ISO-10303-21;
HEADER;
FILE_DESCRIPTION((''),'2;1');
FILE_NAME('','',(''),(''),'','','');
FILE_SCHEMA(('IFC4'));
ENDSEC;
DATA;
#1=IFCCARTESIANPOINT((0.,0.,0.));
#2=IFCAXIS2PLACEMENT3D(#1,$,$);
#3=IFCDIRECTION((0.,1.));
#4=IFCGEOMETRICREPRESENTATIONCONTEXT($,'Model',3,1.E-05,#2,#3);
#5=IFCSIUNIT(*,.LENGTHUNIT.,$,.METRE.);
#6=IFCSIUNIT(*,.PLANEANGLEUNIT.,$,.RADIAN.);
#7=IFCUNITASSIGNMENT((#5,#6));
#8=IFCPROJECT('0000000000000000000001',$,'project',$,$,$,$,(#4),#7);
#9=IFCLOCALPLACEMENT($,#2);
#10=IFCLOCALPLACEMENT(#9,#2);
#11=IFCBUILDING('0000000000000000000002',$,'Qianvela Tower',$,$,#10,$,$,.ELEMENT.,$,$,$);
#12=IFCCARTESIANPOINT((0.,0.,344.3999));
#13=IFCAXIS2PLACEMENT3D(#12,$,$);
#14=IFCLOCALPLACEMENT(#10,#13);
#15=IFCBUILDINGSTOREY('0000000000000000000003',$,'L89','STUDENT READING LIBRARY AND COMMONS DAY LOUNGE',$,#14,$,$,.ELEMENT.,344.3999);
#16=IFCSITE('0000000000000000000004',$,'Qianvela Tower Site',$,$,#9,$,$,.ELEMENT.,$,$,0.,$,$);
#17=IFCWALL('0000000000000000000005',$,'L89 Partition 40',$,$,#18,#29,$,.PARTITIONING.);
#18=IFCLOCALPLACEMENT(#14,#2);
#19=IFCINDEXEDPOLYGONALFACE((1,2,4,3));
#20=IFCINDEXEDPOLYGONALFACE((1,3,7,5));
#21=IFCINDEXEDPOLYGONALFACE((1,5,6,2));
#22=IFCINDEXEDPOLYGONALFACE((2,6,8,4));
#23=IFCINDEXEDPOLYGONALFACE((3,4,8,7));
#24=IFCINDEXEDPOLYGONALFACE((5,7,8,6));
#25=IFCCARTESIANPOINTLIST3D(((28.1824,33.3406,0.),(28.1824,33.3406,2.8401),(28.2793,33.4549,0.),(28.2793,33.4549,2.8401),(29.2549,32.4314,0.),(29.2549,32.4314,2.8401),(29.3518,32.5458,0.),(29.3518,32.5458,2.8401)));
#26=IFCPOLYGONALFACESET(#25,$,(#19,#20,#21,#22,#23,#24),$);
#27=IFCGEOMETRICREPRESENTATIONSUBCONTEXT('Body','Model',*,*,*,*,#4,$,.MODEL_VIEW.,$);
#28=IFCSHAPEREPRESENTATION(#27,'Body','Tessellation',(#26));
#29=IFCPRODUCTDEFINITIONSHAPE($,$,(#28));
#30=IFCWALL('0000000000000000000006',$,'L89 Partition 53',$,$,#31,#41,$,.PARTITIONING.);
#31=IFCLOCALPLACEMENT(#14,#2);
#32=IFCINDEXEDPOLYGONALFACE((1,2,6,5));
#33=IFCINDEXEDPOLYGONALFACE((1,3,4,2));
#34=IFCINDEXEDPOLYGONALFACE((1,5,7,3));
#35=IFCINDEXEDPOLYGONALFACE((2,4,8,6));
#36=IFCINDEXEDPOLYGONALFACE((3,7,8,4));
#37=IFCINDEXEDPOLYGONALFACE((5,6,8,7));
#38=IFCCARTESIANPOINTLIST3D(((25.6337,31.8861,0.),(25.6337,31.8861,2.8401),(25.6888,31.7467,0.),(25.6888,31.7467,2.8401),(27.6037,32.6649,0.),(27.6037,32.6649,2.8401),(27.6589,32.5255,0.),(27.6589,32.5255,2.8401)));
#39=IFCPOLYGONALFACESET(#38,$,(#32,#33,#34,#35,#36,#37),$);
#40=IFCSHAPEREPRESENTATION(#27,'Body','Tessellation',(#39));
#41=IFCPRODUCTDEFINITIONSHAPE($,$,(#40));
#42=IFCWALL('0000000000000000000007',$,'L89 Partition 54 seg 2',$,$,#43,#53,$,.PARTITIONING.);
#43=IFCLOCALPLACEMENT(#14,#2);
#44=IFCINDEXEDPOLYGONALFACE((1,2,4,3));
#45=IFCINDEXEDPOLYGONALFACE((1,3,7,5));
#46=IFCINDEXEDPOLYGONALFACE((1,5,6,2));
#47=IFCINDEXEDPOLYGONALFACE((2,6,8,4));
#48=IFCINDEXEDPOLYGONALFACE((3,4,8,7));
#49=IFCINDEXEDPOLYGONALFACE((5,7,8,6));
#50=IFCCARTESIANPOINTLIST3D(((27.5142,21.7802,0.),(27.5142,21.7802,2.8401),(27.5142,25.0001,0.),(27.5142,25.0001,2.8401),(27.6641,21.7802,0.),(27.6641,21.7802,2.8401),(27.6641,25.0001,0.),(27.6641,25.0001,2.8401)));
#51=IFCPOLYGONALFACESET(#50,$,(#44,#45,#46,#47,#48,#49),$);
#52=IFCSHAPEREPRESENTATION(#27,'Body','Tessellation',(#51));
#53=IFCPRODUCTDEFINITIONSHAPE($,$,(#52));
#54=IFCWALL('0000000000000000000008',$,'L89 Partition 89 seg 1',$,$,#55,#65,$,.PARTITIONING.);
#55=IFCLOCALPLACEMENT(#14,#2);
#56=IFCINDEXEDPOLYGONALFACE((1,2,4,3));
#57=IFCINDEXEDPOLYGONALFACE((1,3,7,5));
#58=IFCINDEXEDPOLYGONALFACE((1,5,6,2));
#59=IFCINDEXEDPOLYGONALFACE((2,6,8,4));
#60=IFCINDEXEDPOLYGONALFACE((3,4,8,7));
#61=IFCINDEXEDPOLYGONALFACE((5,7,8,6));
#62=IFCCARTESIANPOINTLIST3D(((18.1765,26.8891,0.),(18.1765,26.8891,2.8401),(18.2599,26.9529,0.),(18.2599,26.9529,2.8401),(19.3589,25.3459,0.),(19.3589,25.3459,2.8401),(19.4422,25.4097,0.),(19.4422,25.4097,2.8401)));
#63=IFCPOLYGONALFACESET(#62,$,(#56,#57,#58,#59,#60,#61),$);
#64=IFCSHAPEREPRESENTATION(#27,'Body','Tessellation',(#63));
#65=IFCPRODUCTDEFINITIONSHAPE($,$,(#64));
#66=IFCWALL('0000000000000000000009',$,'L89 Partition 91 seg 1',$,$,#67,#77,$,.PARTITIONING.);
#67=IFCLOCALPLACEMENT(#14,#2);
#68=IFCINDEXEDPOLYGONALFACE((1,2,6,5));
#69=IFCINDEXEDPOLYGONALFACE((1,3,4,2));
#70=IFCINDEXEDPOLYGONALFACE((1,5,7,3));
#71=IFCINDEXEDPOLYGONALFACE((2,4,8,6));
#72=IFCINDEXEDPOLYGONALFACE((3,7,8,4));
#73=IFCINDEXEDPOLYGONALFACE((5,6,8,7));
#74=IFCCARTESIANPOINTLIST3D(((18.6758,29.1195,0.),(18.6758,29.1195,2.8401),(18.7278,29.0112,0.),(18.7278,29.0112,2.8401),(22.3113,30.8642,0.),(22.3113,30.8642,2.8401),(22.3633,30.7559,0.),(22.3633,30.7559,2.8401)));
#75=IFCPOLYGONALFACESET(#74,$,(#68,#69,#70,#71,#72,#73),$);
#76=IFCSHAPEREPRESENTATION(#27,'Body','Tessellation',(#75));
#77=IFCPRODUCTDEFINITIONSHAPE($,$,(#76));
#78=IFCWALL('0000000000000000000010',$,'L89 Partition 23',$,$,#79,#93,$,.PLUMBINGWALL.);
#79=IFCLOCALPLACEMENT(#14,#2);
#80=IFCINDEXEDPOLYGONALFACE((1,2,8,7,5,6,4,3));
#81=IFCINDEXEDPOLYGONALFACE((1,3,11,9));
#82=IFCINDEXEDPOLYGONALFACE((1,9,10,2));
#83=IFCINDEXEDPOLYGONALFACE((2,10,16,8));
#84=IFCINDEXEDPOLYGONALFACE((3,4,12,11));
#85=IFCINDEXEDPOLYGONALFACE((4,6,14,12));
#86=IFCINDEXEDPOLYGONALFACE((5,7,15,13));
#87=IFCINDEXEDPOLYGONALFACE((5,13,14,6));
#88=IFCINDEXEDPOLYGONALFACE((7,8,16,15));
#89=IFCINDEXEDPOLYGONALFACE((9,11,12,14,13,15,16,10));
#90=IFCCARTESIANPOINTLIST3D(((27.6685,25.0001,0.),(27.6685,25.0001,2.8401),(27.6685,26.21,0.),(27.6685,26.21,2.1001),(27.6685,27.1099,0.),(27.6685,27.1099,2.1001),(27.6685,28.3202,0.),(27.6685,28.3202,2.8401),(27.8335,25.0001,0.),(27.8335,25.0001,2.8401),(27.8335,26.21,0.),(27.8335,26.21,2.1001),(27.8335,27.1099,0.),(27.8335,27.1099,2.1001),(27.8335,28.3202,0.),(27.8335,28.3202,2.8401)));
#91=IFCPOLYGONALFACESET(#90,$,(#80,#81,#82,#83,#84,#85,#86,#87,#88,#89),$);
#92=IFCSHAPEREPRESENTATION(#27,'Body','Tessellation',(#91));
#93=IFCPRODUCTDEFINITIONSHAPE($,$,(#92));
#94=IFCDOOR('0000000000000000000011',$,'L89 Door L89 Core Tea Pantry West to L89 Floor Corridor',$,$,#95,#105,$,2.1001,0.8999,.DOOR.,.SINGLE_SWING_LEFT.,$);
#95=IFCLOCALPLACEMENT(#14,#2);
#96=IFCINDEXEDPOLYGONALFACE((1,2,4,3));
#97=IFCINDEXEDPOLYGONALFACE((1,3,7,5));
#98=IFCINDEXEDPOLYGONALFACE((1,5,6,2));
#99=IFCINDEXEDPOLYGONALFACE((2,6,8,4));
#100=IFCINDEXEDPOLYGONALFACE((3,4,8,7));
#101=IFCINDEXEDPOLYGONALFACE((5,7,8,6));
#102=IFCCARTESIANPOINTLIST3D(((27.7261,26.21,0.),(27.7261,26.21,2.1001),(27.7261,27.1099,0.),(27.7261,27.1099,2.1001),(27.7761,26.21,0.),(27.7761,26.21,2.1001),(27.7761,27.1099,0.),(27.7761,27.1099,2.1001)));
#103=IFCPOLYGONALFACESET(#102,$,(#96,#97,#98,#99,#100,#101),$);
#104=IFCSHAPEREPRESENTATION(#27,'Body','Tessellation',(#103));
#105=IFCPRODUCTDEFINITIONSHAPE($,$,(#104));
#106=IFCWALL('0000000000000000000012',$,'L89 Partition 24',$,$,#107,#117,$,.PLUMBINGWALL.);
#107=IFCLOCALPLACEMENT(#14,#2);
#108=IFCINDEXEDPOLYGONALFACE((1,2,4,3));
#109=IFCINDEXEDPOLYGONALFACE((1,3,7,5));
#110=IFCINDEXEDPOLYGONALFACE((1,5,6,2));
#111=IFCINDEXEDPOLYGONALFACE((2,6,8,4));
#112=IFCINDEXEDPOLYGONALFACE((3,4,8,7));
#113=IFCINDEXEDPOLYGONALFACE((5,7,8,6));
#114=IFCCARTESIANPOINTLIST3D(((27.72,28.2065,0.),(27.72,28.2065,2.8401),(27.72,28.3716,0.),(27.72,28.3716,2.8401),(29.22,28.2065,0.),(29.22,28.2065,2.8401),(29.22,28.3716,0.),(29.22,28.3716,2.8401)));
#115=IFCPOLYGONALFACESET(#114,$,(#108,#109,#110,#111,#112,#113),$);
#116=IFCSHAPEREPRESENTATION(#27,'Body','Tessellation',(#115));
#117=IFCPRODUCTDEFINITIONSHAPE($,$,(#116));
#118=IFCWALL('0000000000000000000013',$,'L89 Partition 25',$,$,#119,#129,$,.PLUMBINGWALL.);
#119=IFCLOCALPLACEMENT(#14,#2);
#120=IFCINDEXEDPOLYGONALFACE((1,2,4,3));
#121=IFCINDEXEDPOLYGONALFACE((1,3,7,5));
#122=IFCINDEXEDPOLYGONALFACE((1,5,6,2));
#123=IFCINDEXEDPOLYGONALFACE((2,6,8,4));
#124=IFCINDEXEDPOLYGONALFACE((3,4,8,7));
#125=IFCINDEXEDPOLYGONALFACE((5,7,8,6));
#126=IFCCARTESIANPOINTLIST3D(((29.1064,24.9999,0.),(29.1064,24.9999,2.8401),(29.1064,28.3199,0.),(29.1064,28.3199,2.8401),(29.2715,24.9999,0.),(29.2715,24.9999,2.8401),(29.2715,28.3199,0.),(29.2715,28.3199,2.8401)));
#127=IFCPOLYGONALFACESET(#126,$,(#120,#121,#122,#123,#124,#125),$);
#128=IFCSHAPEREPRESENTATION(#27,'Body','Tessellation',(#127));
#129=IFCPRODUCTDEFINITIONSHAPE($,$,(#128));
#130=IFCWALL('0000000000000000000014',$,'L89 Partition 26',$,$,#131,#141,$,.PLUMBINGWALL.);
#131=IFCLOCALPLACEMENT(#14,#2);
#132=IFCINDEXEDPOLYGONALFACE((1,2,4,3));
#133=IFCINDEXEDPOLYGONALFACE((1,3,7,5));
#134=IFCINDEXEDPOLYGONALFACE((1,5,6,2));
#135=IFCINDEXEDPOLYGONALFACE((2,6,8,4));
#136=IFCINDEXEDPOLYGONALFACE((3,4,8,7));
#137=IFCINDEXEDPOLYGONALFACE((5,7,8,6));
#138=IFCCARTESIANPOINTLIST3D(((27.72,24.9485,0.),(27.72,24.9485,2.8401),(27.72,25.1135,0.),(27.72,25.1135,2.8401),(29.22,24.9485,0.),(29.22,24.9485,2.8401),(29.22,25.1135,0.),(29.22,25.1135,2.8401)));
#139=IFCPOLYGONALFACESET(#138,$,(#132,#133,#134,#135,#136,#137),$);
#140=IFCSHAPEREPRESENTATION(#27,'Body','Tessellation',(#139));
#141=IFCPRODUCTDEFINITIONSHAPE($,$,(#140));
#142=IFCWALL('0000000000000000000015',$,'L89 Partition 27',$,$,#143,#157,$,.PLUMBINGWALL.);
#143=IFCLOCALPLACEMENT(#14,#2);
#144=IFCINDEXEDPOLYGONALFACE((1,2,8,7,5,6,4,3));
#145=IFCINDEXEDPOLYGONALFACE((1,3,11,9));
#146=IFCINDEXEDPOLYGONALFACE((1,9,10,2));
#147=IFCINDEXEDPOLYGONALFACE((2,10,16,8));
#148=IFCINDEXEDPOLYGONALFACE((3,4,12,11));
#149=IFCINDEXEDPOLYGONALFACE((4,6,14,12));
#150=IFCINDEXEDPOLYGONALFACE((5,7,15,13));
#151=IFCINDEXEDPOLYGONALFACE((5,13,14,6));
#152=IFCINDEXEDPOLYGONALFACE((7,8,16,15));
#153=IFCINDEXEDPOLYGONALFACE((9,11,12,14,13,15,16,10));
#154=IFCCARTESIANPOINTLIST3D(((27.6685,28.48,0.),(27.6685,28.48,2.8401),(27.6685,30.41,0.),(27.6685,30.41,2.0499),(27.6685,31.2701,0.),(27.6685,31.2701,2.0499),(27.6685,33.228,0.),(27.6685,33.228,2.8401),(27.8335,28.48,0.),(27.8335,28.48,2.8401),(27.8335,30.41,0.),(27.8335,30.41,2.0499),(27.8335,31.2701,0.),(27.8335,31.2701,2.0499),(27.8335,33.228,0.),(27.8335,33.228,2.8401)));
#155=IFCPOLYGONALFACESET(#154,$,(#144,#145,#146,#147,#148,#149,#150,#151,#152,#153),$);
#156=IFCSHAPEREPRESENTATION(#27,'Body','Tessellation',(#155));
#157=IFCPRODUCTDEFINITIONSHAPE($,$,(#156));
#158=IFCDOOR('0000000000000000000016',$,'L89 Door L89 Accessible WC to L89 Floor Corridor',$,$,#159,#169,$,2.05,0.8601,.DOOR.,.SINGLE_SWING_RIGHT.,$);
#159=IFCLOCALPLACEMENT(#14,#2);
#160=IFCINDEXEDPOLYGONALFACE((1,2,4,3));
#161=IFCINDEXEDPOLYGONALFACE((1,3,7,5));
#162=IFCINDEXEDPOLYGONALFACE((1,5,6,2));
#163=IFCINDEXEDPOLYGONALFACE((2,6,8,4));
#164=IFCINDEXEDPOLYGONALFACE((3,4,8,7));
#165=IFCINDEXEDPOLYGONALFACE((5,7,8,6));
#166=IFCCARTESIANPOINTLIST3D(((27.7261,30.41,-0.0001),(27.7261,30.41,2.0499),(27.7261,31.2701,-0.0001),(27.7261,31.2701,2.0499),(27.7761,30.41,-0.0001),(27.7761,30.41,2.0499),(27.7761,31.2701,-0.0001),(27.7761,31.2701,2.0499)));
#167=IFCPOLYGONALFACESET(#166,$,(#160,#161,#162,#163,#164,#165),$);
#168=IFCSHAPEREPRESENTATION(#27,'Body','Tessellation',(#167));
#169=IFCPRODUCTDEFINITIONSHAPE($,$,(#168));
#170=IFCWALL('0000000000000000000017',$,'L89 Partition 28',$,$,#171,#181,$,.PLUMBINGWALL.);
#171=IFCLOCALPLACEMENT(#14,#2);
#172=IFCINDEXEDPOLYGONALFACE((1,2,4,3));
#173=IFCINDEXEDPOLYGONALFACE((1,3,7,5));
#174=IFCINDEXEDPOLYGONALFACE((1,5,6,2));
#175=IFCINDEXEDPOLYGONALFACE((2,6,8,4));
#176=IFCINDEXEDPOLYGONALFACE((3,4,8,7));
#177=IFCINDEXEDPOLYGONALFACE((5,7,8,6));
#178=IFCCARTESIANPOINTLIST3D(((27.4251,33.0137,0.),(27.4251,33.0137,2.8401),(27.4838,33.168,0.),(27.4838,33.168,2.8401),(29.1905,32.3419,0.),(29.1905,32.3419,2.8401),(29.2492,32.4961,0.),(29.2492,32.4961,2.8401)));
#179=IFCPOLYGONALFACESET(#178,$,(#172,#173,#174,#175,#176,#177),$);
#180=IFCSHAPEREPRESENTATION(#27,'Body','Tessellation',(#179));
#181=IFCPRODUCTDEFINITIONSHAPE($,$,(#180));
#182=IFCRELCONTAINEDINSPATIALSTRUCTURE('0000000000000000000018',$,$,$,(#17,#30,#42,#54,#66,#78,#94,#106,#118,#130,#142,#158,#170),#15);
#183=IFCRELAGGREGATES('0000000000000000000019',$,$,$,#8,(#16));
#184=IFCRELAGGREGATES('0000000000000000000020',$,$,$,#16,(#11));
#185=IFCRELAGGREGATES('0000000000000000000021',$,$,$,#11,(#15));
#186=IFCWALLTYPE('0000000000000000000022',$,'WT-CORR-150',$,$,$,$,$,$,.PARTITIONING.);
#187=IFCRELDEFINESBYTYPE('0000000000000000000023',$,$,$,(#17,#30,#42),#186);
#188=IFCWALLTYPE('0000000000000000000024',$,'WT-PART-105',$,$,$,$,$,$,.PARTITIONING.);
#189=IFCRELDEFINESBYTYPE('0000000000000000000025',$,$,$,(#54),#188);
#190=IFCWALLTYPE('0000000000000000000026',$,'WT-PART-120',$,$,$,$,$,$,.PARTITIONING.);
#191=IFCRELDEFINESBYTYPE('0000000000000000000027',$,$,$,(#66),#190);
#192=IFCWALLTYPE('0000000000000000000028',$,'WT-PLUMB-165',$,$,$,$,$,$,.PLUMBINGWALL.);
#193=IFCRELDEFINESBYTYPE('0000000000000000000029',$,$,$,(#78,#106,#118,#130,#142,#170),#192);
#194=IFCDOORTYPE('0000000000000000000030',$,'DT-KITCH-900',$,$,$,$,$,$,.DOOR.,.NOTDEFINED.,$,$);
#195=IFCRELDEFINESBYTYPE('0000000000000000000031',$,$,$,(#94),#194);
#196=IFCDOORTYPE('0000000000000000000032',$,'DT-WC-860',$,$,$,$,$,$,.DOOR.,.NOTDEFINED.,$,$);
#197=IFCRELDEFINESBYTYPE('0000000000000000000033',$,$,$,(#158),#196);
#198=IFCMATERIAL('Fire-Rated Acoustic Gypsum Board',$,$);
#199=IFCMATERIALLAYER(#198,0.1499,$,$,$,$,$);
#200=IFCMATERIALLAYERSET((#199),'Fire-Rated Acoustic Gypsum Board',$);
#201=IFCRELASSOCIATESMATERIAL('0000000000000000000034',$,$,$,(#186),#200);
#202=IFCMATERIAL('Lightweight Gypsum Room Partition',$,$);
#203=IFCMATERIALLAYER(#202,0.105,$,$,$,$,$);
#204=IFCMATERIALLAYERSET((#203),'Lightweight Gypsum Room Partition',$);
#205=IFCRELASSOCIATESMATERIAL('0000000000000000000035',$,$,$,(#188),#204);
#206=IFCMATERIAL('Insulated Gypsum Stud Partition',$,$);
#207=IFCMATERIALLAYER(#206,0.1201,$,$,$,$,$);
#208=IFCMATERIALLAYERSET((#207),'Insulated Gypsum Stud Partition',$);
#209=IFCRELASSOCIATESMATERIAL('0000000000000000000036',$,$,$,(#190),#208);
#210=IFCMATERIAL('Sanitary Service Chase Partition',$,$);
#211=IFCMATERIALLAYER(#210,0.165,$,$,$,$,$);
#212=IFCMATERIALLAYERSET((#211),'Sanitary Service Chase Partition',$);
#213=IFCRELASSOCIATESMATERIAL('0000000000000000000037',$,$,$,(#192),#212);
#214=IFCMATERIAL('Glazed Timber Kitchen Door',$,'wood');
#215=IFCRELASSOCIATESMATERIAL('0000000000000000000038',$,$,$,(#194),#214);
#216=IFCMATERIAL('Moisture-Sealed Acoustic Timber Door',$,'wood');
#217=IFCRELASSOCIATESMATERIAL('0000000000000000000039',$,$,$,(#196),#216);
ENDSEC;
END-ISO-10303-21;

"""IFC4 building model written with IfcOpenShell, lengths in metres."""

from ifc_helpers import new_model, si_unit, direction, frame, frame_2d, origin, place, context, subcontext, project, spatial, rectangle, extrude, material, layer, layer_set, type_object, element, fill, save


model = new_model("IFC4")

# Units and contexts
model_context = context("Model", 3, precision=1e-05, world=origin(), true_north=direction((0.0, 1.0)))
body_context = subcontext(model_context, "Body", "Model", "MODEL_VIEW")
ifc_project = project(units=[si_unit("LENGTHUNIT", "METRE"), si_unit("PLANEANGLEUNIT", "RADIAN")], contexts=[model_context])

# Site, building, storey
site_placement = place(None, origin())
site = spatial("IfcSite", under=ifc_project, at=site_placement, Name="Qianvela Tower Site", CompositionType="ELEMENT", RefElevation=0.0)
building_placement = place(site_placement, origin())
building = spatial("IfcBuilding", under=site, at=building_placement, Name="Qianvela Tower", CompositionType="ELEMENT")
storey_placement = place(building_placement, frame((0.0, 0.0, 344.3999)))
storey = spatial("IfcBuildingStorey", under=building, at=storey_placement, Name="L89", Description="STUDENT READING LIBRARY AND COMMONS DAY LOUNGE", CompositionType="ELEMENT", Elevation=344.3999)

# Walls
ifc_material_1 = material(Name="Fire-Rated Acoustic Gypsum Board")
ifc_layer_1 = layer(ifc_material_1, 0.1499)
ifc_layer_set_1 = layer_set([ifc_layer_1], Name="Fire-Rated Acoustic Gypsum Board")
wall_type_1 = type_object("IfcWallType", Name="WT-CORR-150", PredefinedType="PARTITIONING", material=ifc_layer_set_1)
wall_1_placement = place(storey_placement, frame((29.3035, 32.4885, 0.0), z_axis=(0.0, 0.0, 1.0), x_axis=(-0.7628, 0.646635, 0.0)))
element("IfcWall", 1, at=wall_1_placement, inside=storey, type_object=wall_type_1, Name="L89 Partition 40", PredefinedType="PARTITIONING", context=body_context, shape_type="SweptSolid", body=[
    extrude(rectangle(XDim=1.406, YDim=0.1499, at=frame_2d((0.7031, 0.0))), origin(), (0.0, 0.0, 1.0), 2.8401),
])
wall_2_placement = place(storey_placement, frame((25.6614, 31.8164, 0.0), z_axis=(0.0, 0.0, 1.0), x_axis=(0.929963, 0.367652, 0.0)))
element("IfcWall", 2, at=wall_2_placement, inside=storey, type_object=wall_type_1, Name="L89 Partition 53", PredefinedType="PARTITIONING", context=body_context, shape_type="SweptSolid", body=[
    extrude(rectangle(XDim=2.1184, YDim=0.1499, at=frame_2d((1.0591, 0.0))), origin(), (0.0, 0.0, 1.0), 2.8401),
])
wall_3_placement = place(storey_placement, frame((27.5891, 25.0, 0.0), z_axis=(0.0, 0.0, 1.0), x_axis=(0.0, -1.0, 0.0)))
element("IfcWall", 3, at=wall_3_placement, inside=storey, type_object=wall_type_1, Name="L89 Partition 54 seg 2", PredefinedType="PARTITIONING", context=body_context, shape_type="SweptSolid", body=[
    extrude(rectangle(XDim=3.22, YDim=0.1499, at=frame_2d((1.6099, 0.0))), origin(), (0.0, 0.0, 1.0), 2.8401),
])
ifc_material_2 = material(Name="Lightweight Gypsum Room Partition")
ifc_layer_2 = layer(ifc_material_2, 0.105)
ifc_layer_set_2 = layer_set([ifc_layer_2], Name="Lightweight Gypsum Room Partition")
wall_type_2 = type_object("IfcWallType", Name="WT-PART-105", PredefinedType="PARTITIONING", material=ifc_layer_set_2)
wall_4_placement = place(storey_placement, frame((19.4006, 25.3777, 0.0), z_axis=(0.0, 0.0, 1.0), x_axis=(-0.608186, 0.793794, 0.0)))
element("IfcWall", 4, at=wall_4_placement, inside=storey, type_object=wall_type_2, Name="L89 Partition 89 seg 1", PredefinedType="PARTITIONING", context=body_context, shape_type="SweptSolid", body=[
    extrude(rectangle(XDim=1.9441, YDim=0.105, at=frame_2d((0.9722, 0.0))), origin(), (0.0, 0.0, 1.0), 2.8401),
])
ifc_material_3 = material(Name="Insulated Gypsum Stud Partition")
ifc_layer_3 = layer(ifc_material_3, 0.1201)
ifc_layer_set_3 = layer_set([ifc_layer_3], Name="Insulated Gypsum Stud Partition")
wall_type_3 = type_object("IfcWallType", Name="WT-PART-120", PredefinedType="PARTITIONING", material=ifc_layer_set_3)
wall_5_placement = place(storey_placement, frame((18.7019, 29.0654, 0.0), z_axis=(0.0, 0.0, 1.0), x_axis=(0.901563, 0.432648, 0.0)))
element("IfcWall", 5, at=wall_5_placement, inside=storey, type_object=wall_type_3, Name="L89 Partition 91 seg 1", PredefinedType="PARTITIONING", context=body_context, shape_type="SweptSolid", body=[
    extrude(rectangle(XDim=4.0325, YDim=0.1201, at=frame_2d((2.0161, 0.0))), origin(), (0.0, 0.0, 1.0), 2.8401),
])

# Wall, opening, door
ifc_material_4 = material(Name="Sanitary Service Chase Partition")
ifc_layer_4 = layer(ifc_material_4, 0.165)
ifc_layer_set_4 = layer_set([ifc_layer_4], Name="Sanitary Service Chase Partition")
wall_type_4 = type_object("IfcWallType", Name="WT-PLUMB-165", PredefinedType="PLUMBINGWALL", material=ifc_layer_set_4)
wall_6_placement = place(storey_placement, frame((27.751, 25.0, 0.0), z_axis=(0.0, 0.0, 1.0), x_axis=(0.0, 1.0, 0.0)))
wall_6 = element("IfcWall", 6, at=wall_6_placement, inside=storey, type_object=wall_type_4, Name="L89 Partition 23", PredefinedType="PLUMBINGWALL", context=body_context, shape_type="SweptSolid", body=[
    extrude(rectangle(XDim=3.3201, YDim=0.165, at=frame_2d((1.6602, 0.0))), origin(), (0.0, 0.0, 1.0), 2.8401),
])
opening_1_placement = place(wall_6_placement, frame((1.21, 0.0, 0.0)))
opening_1 = element("IfcOpeningElement", 7, at=opening_1_placement, cuts=wall_6, PredefinedType="OPENING", context=body_context, shape_type="SweptSolid", body=[
    extrude(rectangle(XDim=0.8999, YDim=2.1001, at=frame_2d((0.45, 1.05))), frame((0.0, 0.0925, 0.0), z_axis=(0.0, -1.0, 0.0), x_axis=(1.0, 0.0, 0.0)), (0.0, 0.0, 1.0), 0.1851),
])
ifc_material_5 = material(Name="Glazed Timber Kitchen Door", Category="wood")
door_type_1 = type_object("IfcDoorType", Name="DT-KITCH-900", OperationType="NOTDEFINED", PredefinedType="DOOR", material=ifc_material_5)
door_1_placement = place(opening_1_placement, origin())
door_1 = element("IfcDoor", 8, at=door_1_placement, inside=storey, type_object=door_type_1, Name="L89 Door L89 Core Tea Pantry West to L89 Floor Corridor", OperationType="SINGLE_SWING_LEFT", OverallHeight=2.1001, OverallWidth=0.8999, PredefinedType="DOOR", context=body_context, shape_type="SweptSolid", body=[
    extrude(rectangle(XDim=0.8999, YDim=2.1001, at=frame_2d((0.45, 1.05))), frame((0.0, 0.0249, 0.0), z_axis=(0.0, -1.0, 0.0), x_axis=(1.0, 0.0, 0.0)), (0.0, 0.0, 1.0), 0.05),
])
fill(opening_1, door_1)

# Walls
wall_7_placement = place(storey_placement, frame((27.72, 28.2891, 0.0), z_axis=(0.0, 0.0, 1.0), x_axis=(1.0, 0.0, 0.0)))
element("IfcWall", 9, at=wall_7_placement, inside=storey, type_object=wall_type_4, Name="L89 Partition 24", PredefinedType="PLUMBINGWALL", context=body_context, shape_type="SweptSolid", body=[
    extrude(rectangle(XDim=1.5, YDim=0.165, at=frame_2d((0.75, 0.0))), origin(), (0.0, 0.0, 1.0), 2.8401),
])
wall_8_placement = place(storey_placement, frame((29.189, 28.3201, 0.0), z_axis=(0.0, 0.0, 1.0), x_axis=(0.0, -1.0, 0.0)))
element("IfcWall", 10, at=wall_8_placement, inside=storey, type_object=wall_type_4, Name="L89 Partition 25", PredefinedType="PLUMBINGWALL", context=body_context, shape_type="SweptSolid", body=[
    extrude(rectangle(XDim=3.3201, YDim=0.165, at=frame_2d((1.6602, 0.0))), origin(), (0.0, 0.0, 1.0), 2.8401),
])
wall_9_placement = place(storey_placement, frame((29.22, 25.031, 0.0), z_axis=(0.0, 0.0, 1.0), x_axis=(-1.0, 0.0, 0.0)))
element("IfcWall", 11, at=wall_9_placement, inside=storey, type_object=wall_type_4, Name="L89 Partition 26", PredefinedType="PLUMBINGWALL", context=body_context, shape_type="SweptSolid", body=[
    extrude(rectangle(XDim=1.5, YDim=0.165, at=frame_2d((0.75, 0.0))), origin(), (0.0, 0.0, 1.0), 2.8401),
])

# Wall, opening, door
wall_10_placement = place(storey_placement, frame((27.751, 28.48, 0.0), z_axis=(0.0, 0.0, 1.0), x_axis=(0.0, 1.0, 0.0)))
wall_10 = element("IfcWall", 12, at=wall_10_placement, inside=storey, type_object=wall_type_4, Name="L89 Partition 27", PredefinedType="PLUMBINGWALL", context=body_context, shape_type="SweptSolid", body=[
    extrude(rectangle(XDim=4.748, YDim=0.165, at=frame_2d((2.374, 0.0))), origin(), (0.0, 0.0, 1.0), 2.8401),
])
opening_2_placement = place(wall_10_placement, frame((1.9299, 0.0, 0.0)))
opening_2 = element("IfcOpeningElement", 13, at=opening_2_placement, cuts=wall_10, PredefinedType="OPENING", context=body_context, shape_type="SweptSolid", body=[
    extrude(rectangle(XDim=0.8601, YDim=2.05, at=frame_2d((0.4302, 1.0249))), frame((0.0, 0.0925, 0.0), z_axis=(0.0, -1.0, 0.0), x_axis=(1.0, 0.0, 0.0)), (0.0, 0.0, 1.0), 0.1851),
])
ifc_material_6 = material(Name="Moisture-Sealed Acoustic Timber Door", Category="wood")
door_type_2 = type_object("IfcDoorType", Name="DT-WC-860", OperationType="NOTDEFINED", PredefinedType="DOOR", material=ifc_material_6)
door_2_placement = place(opening_2_placement, origin())
door_2 = element("IfcDoor", 14, at=door_2_placement, inside=storey, type_object=door_type_2, Name="L89 Door L89 Accessible WC to L89 Floor Corridor", OperationType="SINGLE_SWING_RIGHT", OverallHeight=2.05, OverallWidth=0.8601, PredefinedType="DOOR", context=body_context, shape_type="SweptSolid", body=[
    extrude(rectangle(XDim=0.8601, YDim=2.05, at=frame_2d((0.4302, 1.0249))), frame((0.0, 0.0249, 0.0), z_axis=(0.0, -1.0, 0.0), x_axis=(1.0, 0.0, 0.0)), (0.0, 0.0, 1.0), 0.05),
])
fill(opening_2, door_2)

# Wall
wall_11_placement = place(storey_placement, frame((27.4546, 33.0908, 0.0), z_axis=(0.0, 0.0, 1.0), x_axis=(0.934602, -0.355694, 0.0)))
element("IfcWall", 15, at=wall_11_placement, inside=storey, type_object=wall_type_4, Name="L89 Partition 28", PredefinedType="PLUMBINGWALL", context=body_context, shape_type="SweptSolid", body=[
    extrude(rectangle(XDim=1.8889, YDim=0.165, at=frame_2d((0.9443, 0.0))), origin(), (0.0, 0.0, 1.0), 2.8401),
])

save(model, "model.ifc")
